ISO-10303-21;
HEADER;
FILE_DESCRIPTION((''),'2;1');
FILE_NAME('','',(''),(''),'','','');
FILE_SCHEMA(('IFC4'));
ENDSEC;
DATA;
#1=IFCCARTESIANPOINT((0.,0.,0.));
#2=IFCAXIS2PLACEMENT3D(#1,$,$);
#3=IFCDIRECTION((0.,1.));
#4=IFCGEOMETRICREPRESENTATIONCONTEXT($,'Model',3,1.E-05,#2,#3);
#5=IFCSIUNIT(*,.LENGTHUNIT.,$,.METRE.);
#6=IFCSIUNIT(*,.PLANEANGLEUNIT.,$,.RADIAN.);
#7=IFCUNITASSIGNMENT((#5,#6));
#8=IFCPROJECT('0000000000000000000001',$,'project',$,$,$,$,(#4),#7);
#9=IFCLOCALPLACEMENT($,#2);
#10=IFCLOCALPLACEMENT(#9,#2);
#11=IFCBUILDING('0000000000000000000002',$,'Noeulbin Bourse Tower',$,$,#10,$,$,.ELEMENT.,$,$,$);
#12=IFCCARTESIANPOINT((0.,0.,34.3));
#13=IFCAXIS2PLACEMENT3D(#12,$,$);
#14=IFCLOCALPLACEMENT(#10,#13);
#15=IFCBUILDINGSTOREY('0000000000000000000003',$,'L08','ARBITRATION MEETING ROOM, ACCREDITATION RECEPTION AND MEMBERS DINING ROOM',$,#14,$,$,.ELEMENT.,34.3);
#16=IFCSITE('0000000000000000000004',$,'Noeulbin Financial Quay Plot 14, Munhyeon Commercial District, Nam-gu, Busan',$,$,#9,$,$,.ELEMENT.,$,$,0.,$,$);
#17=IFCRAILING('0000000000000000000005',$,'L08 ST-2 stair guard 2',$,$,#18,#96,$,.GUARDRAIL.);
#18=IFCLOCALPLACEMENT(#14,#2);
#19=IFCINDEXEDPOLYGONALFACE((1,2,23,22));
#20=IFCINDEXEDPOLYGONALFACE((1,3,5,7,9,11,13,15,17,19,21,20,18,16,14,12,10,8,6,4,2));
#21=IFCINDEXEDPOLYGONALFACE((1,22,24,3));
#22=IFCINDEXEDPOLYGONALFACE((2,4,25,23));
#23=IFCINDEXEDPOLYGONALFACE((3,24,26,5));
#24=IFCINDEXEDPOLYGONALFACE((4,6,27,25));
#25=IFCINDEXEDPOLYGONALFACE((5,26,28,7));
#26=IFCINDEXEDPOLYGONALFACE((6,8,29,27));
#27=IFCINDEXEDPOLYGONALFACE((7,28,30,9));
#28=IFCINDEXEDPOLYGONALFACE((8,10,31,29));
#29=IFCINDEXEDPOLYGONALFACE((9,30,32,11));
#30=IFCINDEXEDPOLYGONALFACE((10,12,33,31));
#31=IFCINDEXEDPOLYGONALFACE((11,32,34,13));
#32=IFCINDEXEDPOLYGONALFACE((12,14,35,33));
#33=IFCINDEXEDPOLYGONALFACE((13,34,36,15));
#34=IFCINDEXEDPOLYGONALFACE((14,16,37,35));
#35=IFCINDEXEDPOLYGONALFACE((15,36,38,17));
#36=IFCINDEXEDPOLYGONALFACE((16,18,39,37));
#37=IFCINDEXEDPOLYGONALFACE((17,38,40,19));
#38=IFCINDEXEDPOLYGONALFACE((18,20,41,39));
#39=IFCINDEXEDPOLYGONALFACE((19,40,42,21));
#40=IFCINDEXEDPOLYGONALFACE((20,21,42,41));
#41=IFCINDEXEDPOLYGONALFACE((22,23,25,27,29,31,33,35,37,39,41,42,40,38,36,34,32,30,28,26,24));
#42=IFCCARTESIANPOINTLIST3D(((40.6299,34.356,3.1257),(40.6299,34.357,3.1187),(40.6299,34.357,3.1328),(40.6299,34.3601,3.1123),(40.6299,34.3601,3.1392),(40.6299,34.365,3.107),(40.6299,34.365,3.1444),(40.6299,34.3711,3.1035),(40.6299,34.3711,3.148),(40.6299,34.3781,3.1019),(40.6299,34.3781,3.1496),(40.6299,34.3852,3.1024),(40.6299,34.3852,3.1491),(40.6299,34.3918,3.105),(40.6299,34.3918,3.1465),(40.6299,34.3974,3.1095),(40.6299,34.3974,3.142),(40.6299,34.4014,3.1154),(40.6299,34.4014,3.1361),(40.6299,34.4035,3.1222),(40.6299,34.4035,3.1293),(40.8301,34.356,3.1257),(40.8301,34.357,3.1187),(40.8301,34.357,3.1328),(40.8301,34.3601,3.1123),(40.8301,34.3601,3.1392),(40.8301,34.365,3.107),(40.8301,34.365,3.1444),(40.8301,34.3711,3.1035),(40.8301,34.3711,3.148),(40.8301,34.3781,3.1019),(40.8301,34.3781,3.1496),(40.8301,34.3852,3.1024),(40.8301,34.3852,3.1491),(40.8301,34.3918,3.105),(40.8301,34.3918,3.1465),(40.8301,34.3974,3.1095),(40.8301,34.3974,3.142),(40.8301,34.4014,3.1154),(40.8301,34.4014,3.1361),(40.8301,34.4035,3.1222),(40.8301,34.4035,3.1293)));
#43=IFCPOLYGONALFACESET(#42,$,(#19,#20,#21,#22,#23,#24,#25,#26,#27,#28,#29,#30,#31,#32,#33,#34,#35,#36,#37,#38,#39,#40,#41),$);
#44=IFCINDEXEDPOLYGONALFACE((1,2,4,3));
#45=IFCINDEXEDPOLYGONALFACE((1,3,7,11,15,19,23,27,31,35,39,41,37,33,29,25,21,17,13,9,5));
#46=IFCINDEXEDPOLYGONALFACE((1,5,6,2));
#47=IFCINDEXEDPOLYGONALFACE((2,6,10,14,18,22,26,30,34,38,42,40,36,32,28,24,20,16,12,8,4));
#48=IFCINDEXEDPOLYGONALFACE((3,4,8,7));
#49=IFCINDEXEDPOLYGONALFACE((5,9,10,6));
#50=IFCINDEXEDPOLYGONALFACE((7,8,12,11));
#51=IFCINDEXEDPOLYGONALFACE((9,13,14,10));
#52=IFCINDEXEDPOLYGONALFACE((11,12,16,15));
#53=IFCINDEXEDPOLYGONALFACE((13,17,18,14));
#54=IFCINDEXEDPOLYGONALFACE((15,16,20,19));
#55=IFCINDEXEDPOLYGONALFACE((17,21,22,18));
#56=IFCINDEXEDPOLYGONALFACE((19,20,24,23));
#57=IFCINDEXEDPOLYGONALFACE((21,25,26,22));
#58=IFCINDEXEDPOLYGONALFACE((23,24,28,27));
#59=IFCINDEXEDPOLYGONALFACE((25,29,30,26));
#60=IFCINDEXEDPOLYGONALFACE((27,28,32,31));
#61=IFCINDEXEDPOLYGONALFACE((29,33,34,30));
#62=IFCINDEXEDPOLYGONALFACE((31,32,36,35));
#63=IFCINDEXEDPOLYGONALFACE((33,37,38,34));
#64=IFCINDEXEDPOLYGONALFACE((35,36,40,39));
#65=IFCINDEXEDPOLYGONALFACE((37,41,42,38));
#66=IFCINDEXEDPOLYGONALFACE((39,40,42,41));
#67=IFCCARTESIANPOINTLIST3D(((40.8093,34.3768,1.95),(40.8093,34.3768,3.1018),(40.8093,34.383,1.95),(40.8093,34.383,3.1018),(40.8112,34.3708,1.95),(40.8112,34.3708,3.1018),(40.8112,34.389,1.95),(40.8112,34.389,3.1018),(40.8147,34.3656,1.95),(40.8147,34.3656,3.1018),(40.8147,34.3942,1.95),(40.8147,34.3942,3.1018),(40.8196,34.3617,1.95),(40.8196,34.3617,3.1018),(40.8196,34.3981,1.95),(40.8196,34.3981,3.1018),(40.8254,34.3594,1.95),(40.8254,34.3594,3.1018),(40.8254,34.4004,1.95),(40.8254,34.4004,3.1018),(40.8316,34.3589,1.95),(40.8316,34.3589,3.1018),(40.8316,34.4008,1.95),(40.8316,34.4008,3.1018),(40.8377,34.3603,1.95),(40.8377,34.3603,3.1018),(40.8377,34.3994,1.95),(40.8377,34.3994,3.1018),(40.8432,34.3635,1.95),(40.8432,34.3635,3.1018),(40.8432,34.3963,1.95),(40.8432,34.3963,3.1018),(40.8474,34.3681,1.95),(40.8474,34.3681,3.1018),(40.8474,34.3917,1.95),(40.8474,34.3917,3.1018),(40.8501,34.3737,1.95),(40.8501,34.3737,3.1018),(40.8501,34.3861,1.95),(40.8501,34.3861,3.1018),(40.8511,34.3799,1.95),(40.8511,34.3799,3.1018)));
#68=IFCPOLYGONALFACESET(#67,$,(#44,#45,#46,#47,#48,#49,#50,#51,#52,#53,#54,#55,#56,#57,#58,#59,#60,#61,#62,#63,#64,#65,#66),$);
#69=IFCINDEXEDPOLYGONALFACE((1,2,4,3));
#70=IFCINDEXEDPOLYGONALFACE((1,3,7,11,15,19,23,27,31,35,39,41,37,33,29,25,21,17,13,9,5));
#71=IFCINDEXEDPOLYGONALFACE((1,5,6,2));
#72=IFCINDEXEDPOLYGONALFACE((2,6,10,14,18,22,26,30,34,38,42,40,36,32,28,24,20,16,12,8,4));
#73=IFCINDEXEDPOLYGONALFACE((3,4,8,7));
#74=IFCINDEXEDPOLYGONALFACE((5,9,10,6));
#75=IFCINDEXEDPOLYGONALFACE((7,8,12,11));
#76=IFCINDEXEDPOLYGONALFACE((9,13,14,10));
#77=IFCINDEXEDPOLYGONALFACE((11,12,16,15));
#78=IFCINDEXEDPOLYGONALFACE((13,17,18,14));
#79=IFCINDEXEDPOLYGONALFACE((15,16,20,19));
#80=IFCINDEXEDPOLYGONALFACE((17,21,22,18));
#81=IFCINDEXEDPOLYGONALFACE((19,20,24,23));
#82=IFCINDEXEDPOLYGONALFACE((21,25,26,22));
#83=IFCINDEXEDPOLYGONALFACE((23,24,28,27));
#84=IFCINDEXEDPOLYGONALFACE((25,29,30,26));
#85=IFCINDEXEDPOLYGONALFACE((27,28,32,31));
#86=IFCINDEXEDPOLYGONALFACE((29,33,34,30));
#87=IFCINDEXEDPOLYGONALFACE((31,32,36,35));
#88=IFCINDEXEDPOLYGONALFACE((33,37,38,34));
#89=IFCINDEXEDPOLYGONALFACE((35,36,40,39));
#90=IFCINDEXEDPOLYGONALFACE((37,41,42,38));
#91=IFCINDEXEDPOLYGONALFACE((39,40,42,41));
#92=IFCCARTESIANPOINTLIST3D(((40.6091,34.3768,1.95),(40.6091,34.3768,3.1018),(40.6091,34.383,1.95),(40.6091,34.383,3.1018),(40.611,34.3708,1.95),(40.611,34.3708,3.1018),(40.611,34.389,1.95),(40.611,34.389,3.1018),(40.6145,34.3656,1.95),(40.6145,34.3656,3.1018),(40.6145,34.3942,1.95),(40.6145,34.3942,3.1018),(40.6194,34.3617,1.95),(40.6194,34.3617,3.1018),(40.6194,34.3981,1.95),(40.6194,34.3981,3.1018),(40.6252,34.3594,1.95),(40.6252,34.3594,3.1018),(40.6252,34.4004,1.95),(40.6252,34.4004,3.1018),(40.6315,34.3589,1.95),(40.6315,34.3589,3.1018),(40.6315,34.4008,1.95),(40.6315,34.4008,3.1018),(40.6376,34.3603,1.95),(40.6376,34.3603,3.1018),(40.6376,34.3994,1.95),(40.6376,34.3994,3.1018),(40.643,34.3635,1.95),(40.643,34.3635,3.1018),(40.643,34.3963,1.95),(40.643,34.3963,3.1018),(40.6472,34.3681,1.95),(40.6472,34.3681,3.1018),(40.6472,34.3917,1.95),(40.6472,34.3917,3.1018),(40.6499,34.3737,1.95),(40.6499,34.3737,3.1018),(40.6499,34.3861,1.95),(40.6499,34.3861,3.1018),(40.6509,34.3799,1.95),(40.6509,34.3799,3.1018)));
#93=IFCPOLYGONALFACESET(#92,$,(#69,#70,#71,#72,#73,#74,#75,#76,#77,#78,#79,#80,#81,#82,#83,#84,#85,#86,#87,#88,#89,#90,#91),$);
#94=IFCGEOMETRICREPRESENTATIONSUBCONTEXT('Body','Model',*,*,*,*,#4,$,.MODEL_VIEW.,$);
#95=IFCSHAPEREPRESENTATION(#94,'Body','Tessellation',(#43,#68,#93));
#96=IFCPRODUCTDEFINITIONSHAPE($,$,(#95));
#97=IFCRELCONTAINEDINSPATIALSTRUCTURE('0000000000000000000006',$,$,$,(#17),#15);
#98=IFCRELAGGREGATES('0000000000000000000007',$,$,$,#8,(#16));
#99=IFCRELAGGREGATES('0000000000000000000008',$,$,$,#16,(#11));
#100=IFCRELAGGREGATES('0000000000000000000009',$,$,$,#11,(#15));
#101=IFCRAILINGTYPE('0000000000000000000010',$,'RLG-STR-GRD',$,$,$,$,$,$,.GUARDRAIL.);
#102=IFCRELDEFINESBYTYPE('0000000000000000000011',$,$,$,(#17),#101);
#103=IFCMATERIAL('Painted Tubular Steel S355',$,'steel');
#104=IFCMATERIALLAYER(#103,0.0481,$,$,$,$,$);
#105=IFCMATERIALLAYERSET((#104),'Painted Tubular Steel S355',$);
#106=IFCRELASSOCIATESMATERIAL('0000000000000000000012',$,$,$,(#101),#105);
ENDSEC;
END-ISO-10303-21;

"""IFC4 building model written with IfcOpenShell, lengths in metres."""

from ifc_helpers import new_model, si_unit, direction, frame, origin, origin_2d, place, context, subcontext, project, spatial, circle, extrude, material, layer, layer_set, type_object, element, save


model = new_model("IFC4")

# Units and contexts
model_context = context("Model", 3, precision=1e-05, world=origin(), true_north=direction((0.0, 1.0)))
body_context = subcontext(model_context, "Body", "Model", "MODEL_VIEW")
ifc_project = project(units=[si_unit("LENGTHUNIT", "METRE"), si_unit("PLANEANGLEUNIT", "RADIAN")], contexts=[model_context])

# Site, building, storey
site_placement = place(None, origin())
site = spatial("IfcSite", under=ifc_project, at=site_placement, Name="Noeulbin Financial Quay Plot 14, Munhyeon Commercial District, Nam-gu, Busan", CompositionType="ELEMENT", RefElevation=0.0)
building_placement = place(site_placement, origin())
building = spatial("IfcBuilding", under=site, at=building_placement, Name="Noeulbin Bourse Tower", CompositionType="ELEMENT")
storey_placement = place(building_placement, frame((0.0, 0.0, 34.3)))
storey = spatial("IfcBuildingStorey", under=building, at=storey_placement, Name="L08", Description="ARBITRATION MEETING ROOM, ACCREDITATION RECEPTION AND MEMBERS DINING ROOM", CompositionType="ELEMENT", Elevation=34.3)

# Railing
ifc_material_1 = material(Name="Painted Tubular Steel S355", Category="steel")
ifc_layer_1 = layer(ifc_material_1, 0.0481)
ifc_layer_set_1 = layer_set([ifc_layer_1], Name="Painted Tubular Steel S355")
railing_type_1 = type_object("IfcRailingType", Name="RLG-STR-GRD", PredefinedType="GUARDRAIL", material=ifc_layer_set_1)
railing_1_placement = place(storey_placement, frame((40.8301, 34.3799, 1.95)))
element("IfcRailing", 1, at=railing_1_placement, inside=storey, type_object=railing_type_1, Name="L08 ST-2 stair guard 2", PredefinedType="GUARDRAIL", context=body_context, shape_type="SweptSolid", body=[
    extrude(circle(Radius=0.0239, at=origin_2d()), frame((0.0, 0.0, 1.1758), z_axis=(-1.0, 0.0, 0.0), x_axis=(0.0, -1.0, 0.0)), (0.0, 0.0, 1.0), 0.2002),
    extrude(circle(Radius=0.021, at=origin_2d()), origin(), (0.0, 0.0, 1.0), 1.1519),
    extrude(circle(Radius=0.021, at=origin_2d()), frame((-0.2002, 0.0, 0.0)), (0.0, 0.0, 1.0), 1.1519),
])

save(model, "model.ifc")
